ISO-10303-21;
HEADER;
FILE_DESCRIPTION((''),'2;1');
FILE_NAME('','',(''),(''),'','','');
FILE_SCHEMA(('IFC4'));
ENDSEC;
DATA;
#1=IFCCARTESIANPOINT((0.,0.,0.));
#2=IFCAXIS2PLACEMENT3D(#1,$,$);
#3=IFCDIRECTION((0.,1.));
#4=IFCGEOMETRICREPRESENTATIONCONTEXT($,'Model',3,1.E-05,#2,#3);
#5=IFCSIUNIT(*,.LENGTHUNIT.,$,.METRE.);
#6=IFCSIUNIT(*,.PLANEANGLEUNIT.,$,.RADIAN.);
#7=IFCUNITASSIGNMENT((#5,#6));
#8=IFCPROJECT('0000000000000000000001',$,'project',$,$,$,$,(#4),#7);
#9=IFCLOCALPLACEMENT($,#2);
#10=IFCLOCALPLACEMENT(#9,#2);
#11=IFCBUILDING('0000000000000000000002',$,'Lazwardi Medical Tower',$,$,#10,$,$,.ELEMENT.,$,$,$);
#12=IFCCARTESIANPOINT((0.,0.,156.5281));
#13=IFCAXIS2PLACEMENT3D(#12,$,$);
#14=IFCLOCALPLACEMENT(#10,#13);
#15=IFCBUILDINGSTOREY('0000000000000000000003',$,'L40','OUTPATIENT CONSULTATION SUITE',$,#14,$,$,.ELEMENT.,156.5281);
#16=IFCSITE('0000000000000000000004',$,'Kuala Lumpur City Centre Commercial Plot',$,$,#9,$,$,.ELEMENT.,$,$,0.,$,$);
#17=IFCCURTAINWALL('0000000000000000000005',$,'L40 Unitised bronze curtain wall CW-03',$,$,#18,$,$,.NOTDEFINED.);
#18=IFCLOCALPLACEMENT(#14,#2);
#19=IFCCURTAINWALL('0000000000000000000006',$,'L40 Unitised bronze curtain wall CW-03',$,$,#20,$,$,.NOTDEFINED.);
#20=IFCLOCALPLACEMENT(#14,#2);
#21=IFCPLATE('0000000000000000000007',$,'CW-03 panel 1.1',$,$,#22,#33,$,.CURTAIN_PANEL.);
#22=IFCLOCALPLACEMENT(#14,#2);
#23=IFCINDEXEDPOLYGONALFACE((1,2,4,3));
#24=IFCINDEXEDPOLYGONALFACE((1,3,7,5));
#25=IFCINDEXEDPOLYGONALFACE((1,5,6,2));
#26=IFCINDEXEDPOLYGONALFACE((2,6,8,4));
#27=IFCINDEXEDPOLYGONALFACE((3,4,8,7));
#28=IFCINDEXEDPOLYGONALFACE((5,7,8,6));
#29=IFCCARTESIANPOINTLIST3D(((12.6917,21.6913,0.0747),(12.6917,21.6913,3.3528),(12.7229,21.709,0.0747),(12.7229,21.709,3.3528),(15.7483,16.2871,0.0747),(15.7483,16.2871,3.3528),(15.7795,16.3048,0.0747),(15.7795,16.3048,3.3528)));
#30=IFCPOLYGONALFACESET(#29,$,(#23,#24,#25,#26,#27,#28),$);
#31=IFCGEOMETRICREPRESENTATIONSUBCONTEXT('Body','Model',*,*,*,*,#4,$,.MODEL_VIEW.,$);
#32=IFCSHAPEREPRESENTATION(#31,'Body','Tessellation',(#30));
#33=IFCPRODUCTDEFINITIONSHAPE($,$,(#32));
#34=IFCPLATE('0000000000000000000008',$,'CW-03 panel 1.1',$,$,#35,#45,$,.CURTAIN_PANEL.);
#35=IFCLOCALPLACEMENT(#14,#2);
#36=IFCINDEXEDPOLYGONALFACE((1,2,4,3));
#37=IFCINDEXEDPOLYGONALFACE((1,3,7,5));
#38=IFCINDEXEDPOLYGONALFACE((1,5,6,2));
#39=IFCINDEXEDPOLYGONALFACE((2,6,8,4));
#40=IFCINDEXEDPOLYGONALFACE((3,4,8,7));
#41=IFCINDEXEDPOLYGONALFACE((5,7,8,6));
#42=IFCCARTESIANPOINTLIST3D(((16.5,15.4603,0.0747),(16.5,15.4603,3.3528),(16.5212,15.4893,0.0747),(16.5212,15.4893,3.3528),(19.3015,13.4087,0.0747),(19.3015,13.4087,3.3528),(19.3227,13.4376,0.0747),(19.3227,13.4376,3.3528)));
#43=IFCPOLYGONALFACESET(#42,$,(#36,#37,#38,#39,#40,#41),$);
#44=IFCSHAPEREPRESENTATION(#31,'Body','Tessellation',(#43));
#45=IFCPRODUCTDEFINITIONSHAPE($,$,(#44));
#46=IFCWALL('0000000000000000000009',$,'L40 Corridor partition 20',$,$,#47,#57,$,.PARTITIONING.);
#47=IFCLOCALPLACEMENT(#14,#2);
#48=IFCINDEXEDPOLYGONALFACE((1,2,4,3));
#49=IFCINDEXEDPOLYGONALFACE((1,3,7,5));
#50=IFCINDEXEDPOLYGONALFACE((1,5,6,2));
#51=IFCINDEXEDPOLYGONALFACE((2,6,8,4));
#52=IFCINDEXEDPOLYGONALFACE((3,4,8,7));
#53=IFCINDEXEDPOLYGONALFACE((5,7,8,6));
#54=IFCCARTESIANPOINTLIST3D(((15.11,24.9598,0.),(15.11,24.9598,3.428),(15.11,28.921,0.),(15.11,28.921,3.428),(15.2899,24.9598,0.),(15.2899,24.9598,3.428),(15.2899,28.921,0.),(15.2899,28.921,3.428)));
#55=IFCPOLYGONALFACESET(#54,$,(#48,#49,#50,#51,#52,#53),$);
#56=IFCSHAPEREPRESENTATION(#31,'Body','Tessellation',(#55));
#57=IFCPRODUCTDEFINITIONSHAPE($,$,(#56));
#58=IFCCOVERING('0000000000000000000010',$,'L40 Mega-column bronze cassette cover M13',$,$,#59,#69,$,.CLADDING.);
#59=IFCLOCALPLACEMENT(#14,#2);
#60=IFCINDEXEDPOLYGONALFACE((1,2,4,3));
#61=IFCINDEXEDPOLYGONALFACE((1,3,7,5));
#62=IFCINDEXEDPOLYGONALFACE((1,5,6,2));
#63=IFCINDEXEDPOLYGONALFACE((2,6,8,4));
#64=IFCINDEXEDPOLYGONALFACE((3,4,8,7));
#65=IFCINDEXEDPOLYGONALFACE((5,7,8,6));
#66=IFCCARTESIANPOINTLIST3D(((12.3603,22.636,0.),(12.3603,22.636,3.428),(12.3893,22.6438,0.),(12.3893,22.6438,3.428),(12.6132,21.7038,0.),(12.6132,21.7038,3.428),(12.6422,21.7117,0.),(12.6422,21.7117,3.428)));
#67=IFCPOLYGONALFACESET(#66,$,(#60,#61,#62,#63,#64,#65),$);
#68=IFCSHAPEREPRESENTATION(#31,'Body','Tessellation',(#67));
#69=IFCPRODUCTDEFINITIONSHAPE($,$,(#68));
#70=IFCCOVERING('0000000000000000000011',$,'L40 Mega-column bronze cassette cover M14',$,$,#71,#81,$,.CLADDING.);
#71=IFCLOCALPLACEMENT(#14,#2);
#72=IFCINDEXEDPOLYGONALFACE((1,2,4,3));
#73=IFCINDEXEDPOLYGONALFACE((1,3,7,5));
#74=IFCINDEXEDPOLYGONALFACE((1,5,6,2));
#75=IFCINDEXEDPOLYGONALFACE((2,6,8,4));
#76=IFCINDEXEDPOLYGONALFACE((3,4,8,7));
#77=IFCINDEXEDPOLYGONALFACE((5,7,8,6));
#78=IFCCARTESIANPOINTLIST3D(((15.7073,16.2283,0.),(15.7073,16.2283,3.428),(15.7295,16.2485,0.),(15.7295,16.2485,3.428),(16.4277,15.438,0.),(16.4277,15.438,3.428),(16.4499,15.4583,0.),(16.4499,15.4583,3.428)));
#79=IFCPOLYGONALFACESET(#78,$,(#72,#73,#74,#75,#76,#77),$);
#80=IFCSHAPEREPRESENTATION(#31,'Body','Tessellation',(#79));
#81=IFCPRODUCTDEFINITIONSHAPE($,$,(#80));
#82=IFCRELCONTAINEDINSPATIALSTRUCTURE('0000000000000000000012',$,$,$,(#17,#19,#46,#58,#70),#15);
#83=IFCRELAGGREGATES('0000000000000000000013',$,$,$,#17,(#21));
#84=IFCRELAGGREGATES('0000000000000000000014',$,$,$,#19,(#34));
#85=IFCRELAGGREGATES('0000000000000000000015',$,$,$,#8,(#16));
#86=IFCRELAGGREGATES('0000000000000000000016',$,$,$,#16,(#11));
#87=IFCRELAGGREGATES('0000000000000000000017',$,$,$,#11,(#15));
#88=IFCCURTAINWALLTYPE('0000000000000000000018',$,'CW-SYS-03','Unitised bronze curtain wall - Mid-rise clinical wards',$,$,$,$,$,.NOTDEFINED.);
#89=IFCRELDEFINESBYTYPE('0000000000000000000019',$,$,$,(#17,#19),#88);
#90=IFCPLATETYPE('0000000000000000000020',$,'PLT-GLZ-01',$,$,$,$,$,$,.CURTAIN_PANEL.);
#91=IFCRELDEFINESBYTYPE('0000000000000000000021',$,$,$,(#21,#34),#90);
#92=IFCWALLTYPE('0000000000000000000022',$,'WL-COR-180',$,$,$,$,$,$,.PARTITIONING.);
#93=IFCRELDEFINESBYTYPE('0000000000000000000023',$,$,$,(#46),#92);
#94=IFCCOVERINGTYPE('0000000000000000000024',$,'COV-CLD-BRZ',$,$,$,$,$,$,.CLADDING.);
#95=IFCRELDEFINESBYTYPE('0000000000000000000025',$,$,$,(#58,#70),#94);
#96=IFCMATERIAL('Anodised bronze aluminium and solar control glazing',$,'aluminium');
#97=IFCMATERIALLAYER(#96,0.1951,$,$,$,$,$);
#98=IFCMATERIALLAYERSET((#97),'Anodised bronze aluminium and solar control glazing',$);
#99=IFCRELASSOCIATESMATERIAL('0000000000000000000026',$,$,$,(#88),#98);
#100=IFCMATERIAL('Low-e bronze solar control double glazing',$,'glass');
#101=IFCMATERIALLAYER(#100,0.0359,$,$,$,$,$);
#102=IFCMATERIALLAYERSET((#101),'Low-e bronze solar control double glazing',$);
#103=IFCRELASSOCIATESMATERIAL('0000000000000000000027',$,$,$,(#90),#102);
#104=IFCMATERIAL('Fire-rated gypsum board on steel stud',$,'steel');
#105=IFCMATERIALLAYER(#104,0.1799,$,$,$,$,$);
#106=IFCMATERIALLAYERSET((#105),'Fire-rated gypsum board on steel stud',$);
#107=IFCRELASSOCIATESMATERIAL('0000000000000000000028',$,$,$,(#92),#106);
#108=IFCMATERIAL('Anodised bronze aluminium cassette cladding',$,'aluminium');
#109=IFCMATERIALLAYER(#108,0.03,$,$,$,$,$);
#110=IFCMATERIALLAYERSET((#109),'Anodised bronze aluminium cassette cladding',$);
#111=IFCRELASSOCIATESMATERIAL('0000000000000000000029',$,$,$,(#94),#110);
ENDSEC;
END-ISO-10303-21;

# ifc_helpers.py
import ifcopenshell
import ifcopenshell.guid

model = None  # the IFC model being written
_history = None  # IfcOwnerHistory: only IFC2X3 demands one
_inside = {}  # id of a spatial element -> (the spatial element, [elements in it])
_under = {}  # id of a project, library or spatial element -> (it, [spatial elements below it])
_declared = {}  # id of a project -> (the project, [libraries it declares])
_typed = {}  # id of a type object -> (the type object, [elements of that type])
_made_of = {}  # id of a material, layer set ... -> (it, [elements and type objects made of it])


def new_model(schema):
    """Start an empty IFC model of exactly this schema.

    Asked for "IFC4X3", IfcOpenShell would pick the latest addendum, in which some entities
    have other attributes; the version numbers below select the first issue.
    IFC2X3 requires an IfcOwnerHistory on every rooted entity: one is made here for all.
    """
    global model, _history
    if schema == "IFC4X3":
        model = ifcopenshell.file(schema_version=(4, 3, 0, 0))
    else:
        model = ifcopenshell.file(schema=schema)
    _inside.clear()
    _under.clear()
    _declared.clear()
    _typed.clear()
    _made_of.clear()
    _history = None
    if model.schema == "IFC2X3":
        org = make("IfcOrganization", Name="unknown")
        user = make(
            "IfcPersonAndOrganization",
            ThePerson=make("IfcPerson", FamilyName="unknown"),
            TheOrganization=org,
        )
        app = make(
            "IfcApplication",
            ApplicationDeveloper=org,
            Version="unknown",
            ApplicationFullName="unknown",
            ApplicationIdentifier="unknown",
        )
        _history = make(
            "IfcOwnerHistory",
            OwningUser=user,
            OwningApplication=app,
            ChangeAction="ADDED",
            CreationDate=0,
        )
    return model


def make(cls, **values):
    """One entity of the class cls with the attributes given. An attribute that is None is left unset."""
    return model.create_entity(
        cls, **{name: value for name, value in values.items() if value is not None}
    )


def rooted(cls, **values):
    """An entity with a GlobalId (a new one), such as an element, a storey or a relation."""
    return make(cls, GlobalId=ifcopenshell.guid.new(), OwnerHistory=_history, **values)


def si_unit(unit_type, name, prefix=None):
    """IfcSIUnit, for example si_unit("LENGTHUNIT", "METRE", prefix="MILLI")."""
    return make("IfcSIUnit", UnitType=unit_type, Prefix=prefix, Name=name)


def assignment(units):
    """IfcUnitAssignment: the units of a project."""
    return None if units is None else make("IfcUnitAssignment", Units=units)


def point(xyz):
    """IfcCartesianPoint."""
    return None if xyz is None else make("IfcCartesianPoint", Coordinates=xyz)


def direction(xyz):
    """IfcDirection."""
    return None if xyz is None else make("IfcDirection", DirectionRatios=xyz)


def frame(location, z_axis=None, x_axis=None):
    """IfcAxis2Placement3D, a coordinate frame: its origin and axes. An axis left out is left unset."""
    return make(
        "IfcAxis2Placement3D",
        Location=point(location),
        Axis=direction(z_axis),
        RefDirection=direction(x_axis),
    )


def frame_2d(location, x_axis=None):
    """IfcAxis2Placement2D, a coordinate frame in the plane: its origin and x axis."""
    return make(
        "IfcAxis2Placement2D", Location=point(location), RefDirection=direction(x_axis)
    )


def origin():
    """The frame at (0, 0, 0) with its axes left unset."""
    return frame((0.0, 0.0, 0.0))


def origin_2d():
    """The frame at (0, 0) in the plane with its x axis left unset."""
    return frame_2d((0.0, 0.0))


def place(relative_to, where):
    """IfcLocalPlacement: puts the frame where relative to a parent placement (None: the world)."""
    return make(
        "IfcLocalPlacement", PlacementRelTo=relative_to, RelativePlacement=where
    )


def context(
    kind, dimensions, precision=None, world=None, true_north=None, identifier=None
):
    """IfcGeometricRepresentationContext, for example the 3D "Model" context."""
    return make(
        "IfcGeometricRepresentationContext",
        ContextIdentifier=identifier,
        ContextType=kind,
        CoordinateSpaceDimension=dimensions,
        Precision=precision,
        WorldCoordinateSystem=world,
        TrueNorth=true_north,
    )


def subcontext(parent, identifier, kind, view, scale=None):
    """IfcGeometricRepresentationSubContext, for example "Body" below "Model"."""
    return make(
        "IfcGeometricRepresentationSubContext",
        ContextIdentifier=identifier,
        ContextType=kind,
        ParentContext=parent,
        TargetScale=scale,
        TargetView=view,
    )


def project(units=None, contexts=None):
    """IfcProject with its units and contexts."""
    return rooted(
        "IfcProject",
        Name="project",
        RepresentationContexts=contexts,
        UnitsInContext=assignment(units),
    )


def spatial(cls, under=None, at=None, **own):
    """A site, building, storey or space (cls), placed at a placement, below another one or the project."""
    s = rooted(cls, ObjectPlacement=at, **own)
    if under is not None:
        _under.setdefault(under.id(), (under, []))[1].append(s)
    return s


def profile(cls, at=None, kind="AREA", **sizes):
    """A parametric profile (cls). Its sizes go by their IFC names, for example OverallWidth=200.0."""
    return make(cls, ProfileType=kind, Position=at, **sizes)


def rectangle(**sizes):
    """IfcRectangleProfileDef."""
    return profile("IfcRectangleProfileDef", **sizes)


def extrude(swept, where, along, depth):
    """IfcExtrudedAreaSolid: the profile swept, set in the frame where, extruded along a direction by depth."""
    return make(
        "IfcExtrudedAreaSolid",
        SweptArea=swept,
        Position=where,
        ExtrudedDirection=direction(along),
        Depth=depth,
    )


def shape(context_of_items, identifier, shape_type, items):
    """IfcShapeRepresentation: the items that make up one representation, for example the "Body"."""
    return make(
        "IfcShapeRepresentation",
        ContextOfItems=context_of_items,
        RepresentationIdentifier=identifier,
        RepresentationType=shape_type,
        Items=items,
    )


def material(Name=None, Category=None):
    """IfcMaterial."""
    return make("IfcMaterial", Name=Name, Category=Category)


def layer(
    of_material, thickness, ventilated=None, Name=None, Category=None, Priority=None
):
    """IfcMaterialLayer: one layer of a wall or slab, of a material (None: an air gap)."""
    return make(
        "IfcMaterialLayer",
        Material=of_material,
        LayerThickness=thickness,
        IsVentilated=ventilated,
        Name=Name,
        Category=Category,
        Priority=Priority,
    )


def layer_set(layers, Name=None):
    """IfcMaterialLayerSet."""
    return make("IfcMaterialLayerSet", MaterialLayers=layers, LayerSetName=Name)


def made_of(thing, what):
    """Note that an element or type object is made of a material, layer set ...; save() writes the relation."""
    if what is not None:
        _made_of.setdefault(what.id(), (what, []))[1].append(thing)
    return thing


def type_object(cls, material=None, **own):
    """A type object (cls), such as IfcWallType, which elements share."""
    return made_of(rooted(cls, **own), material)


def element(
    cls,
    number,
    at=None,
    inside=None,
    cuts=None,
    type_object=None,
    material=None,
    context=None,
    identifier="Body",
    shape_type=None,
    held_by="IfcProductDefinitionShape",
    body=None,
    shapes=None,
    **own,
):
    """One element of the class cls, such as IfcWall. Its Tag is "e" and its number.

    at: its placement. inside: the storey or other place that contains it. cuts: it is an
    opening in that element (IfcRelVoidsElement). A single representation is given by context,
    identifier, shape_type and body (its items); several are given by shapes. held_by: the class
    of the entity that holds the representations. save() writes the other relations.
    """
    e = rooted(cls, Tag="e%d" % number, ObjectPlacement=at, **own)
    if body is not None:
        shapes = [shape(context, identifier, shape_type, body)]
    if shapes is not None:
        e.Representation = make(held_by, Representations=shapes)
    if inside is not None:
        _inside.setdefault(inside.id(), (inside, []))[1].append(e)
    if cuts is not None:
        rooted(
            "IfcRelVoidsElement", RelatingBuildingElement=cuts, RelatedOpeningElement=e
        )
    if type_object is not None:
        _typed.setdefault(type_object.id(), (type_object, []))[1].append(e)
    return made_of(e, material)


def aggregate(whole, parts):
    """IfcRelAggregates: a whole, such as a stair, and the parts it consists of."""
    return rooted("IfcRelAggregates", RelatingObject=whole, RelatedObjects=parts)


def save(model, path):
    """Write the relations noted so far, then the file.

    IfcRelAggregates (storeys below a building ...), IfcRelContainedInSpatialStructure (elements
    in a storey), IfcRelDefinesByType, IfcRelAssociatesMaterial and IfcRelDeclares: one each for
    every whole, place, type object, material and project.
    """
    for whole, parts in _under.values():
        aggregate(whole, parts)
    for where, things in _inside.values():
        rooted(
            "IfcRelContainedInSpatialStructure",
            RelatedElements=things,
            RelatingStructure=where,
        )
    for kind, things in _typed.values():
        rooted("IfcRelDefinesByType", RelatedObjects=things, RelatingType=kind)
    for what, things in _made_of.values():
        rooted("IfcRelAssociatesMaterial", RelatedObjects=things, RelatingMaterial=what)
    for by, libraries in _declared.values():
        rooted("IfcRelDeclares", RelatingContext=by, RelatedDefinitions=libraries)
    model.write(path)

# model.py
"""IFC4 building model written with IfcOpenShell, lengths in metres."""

from ifc_helpers import new_model, si_unit, direction, frame, frame_2d, origin, origin_2d, place, context, subcontext, project, spatial, rectangle, extrude, material, layer, layer_set, type_object, element, aggregate, save


model = new_model("IFC4")

# Units and contexts
model_context = context("Model", 3, precision=1e-05, world=origin(), true_north=direction((0.0, 1.0)))
body_context = subcontext(model_context, "Body", "Model", "MODEL_VIEW")
ifc_project = project(units=[si_unit("LENGTHUNIT", "METRE"), si_unit("PLANEANGLEUNIT", "RADIAN")], contexts=[model_context])

# Site, building, storey
site_placement = place(None, origin())
site = spatial("IfcSite", under=ifc_project, at=site_placement, Name="Kuala Lumpur City Centre Commercial Plot", CompositionType="ELEMENT", RefElevation=0.0)
building_placement = place(site_placement, origin())
building = spatial("IfcBuilding", under=site, at=building_placement, Name="Lazwardi Medical Tower", CompositionType="ELEMENT")
storey_placement = place(building_placement, frame((0.0, 0.0, 156.5281)))
storey = spatial("IfcBuildingStorey", under=building, at=storey_placement, Name="L40", Description="OUTPATIENT CONSULTATION SUITE", CompositionType="ELEMENT", Elevation=156.5281)

# Shared definitions
ifc_material_1 = material(Name="Anodised bronze aluminium and solar control glazing", Category="aluminium")
ifc_layer_1 = layer(ifc_material_1, 0.1951)
ifc_layer_set_1 = layer_set([ifc_layer_1], Name="Anodised bronze aluminium and solar control glazing")
curtain_wall_type = type_object("IfcCurtainWallType", Name="CW-SYS-03", Description="Unitised bronze curtain wall - Mid-rise clinical wards", PredefinedType="NOTDEFINED", material=ifc_layer_set_1)

# Curtain walls
curtain_wall_1_placement = place(storey_placement, origin())
curtain_wall_1 = element("IfcCurtainWall", 1, at=curtain_wall_1_placement, inside=storey, type_object=curtain_wall_type, Name="L40 Unitised bronze curtain wall CW-03", PredefinedType="NOTDEFINED")
curtain_wall_2_placement = place(storey_placement, origin())
curtain_wall_2 = element("IfcCurtainWall", 2, at=curtain_wall_2_placement, inside=storey, type_object=curtain_wall_type, Name="L40 Unitised bronze curtain wall CW-03", PredefinedType="NOTDEFINED")

# Plates
ifc_material_2 = material(Name="Low-e bronze solar control double glazing", Category="glass")
ifc_layer_2 = layer(ifc_material_2, 0.0359)
ifc_layer_set_2 = layer_set([ifc_layer_2], Name="Low-e bronze solar control double glazing")
plate_type = type_object("IfcPlateType", Name="PLT-GLZ-01", PredefinedType="CURTAIN_PANEL", material=ifc_layer_set_2)
plate_1_placement = place(storey_placement, frame((14.2356, 18.998, 0.0747), z_axis=(0.0, 0.0, 1.0), x_axis=(0.492312, -0.870419, 0.0)))
plate_1 = element("IfcPlate", 3, at=plate_1_placement, type_object=plate_type, Name="CW-03 panel 1.1", PredefinedType="CURTAIN_PANEL", context=body_context, shape_type="SweptSolid", body=[
    extrude(rectangle(XDim=6.2087, YDim=0.0359, at=origin_2d()), origin(), (0.0, 0.0, 1.0), 3.2781),
])
aggregate(curtain_wall_1, [plate_1])
plate_2_placement = place(storey_placement, frame((17.9114, 14.449, 0.0747), z_axis=(0.0, 0.0, 1.0), x_axis=(0.806793, -0.590834, 0.0)))
plate_2 = element("IfcPlate", 4, at=plate_2_placement, type_object=plate_type, Name="CW-03 panel 1.1", PredefinedType="CURTAIN_PANEL", context=body_context, shape_type="SweptSolid", body=[
    extrude(rectangle(XDim=3.4724, YDim=0.0359, at=origin_2d()), origin(), (0.0, 0.0, 1.0), 3.2781),
])
aggregate(curtain_wall_2, [plate_2])

# Wall
ifc_material_3 = material(Name="Fire-rated gypsum board on steel stud", Category="steel")
ifc_layer_3 = layer(ifc_material_3, 0.1799)
ifc_layer_set_3 = layer_set([ifc_layer_3], Name="Fire-rated gypsum board on steel stud")
wall_type = type_object("IfcWallType", Name="WL-COR-180", PredefinedType="PARTITIONING", material=ifc_layer_set_3)
wall_placement = place(storey_placement, frame((15.2, 24.96, 0.0), z_axis=(0.0, 0.0, 1.0), x_axis=(0.0, 1.0, 0.0)))
element("IfcWall", 5, at=wall_placement, inside=storey, type_object=wall_type, Name="L40 Corridor partition 20", PredefinedType="PARTITIONING", context=body_context, shape_type="SweptSolid", body=[
    extrude(rectangle(XDim=3.9612, YDim=0.1799, at=frame_2d((1.9805, 0.0))), origin(), (0.0, 0.0, 1.0), 3.428),
])

# Coverings
ifc_material_4 = material(Name="Anodised bronze aluminium cassette cladding", Category="aluminium")
ifc_layer_4 = layer(ifc_material_4, 0.03)
ifc_layer_set_4 = layer_set([ifc_layer_4], Name="Anodised bronze aluminium cassette cladding")
covering_type = type_object("IfcCoveringType", Name="COV-CLD-BRZ", PredefinedType="CLADDING", material=ifc_layer_set_4)
covering_1_placement = place(storey_placement, frame((12.5012, 22.1738, 0.0), z_axis=(0.0, 0.0, 1.0), x_axis=(0.261829, -0.965114, 0.0)))
element("IfcCovering", 6, at=covering_1_placement, inside=storey, type_object=covering_type, Name="L40 Mega-column bronze cassette cover M13", PredefinedType="CLADDING", context=body_context, shape_type="SweptSolid", body=[
    extrude(rectangle(XDim=0.9658, YDim=0.03, at=origin_2d()), origin(), (0.0, 0.0, 1.0), 3.428),
])
covering_2_placement = place(storey_placement, frame((16.0786, 15.8433, 0.0), z_axis=(0.0, 0.0, 1.0), x_axis=(0.673714, -0.738992, 0.0)))
element("IfcCovering", 7, at=covering_2_placement, inside=storey, type_object=covering_type, Name="L40 Mega-column bronze cassette cover M14", PredefinedType="CLADDING", context=body_context, shape_type="SweptSolid", body=[
    extrude(rectangle(XDim=1.0693, YDim=0.03, at=origin_2d()), origin(), (0.0, 0.0, 1.0), 3.428),
])

save(model, "model.ifc")
